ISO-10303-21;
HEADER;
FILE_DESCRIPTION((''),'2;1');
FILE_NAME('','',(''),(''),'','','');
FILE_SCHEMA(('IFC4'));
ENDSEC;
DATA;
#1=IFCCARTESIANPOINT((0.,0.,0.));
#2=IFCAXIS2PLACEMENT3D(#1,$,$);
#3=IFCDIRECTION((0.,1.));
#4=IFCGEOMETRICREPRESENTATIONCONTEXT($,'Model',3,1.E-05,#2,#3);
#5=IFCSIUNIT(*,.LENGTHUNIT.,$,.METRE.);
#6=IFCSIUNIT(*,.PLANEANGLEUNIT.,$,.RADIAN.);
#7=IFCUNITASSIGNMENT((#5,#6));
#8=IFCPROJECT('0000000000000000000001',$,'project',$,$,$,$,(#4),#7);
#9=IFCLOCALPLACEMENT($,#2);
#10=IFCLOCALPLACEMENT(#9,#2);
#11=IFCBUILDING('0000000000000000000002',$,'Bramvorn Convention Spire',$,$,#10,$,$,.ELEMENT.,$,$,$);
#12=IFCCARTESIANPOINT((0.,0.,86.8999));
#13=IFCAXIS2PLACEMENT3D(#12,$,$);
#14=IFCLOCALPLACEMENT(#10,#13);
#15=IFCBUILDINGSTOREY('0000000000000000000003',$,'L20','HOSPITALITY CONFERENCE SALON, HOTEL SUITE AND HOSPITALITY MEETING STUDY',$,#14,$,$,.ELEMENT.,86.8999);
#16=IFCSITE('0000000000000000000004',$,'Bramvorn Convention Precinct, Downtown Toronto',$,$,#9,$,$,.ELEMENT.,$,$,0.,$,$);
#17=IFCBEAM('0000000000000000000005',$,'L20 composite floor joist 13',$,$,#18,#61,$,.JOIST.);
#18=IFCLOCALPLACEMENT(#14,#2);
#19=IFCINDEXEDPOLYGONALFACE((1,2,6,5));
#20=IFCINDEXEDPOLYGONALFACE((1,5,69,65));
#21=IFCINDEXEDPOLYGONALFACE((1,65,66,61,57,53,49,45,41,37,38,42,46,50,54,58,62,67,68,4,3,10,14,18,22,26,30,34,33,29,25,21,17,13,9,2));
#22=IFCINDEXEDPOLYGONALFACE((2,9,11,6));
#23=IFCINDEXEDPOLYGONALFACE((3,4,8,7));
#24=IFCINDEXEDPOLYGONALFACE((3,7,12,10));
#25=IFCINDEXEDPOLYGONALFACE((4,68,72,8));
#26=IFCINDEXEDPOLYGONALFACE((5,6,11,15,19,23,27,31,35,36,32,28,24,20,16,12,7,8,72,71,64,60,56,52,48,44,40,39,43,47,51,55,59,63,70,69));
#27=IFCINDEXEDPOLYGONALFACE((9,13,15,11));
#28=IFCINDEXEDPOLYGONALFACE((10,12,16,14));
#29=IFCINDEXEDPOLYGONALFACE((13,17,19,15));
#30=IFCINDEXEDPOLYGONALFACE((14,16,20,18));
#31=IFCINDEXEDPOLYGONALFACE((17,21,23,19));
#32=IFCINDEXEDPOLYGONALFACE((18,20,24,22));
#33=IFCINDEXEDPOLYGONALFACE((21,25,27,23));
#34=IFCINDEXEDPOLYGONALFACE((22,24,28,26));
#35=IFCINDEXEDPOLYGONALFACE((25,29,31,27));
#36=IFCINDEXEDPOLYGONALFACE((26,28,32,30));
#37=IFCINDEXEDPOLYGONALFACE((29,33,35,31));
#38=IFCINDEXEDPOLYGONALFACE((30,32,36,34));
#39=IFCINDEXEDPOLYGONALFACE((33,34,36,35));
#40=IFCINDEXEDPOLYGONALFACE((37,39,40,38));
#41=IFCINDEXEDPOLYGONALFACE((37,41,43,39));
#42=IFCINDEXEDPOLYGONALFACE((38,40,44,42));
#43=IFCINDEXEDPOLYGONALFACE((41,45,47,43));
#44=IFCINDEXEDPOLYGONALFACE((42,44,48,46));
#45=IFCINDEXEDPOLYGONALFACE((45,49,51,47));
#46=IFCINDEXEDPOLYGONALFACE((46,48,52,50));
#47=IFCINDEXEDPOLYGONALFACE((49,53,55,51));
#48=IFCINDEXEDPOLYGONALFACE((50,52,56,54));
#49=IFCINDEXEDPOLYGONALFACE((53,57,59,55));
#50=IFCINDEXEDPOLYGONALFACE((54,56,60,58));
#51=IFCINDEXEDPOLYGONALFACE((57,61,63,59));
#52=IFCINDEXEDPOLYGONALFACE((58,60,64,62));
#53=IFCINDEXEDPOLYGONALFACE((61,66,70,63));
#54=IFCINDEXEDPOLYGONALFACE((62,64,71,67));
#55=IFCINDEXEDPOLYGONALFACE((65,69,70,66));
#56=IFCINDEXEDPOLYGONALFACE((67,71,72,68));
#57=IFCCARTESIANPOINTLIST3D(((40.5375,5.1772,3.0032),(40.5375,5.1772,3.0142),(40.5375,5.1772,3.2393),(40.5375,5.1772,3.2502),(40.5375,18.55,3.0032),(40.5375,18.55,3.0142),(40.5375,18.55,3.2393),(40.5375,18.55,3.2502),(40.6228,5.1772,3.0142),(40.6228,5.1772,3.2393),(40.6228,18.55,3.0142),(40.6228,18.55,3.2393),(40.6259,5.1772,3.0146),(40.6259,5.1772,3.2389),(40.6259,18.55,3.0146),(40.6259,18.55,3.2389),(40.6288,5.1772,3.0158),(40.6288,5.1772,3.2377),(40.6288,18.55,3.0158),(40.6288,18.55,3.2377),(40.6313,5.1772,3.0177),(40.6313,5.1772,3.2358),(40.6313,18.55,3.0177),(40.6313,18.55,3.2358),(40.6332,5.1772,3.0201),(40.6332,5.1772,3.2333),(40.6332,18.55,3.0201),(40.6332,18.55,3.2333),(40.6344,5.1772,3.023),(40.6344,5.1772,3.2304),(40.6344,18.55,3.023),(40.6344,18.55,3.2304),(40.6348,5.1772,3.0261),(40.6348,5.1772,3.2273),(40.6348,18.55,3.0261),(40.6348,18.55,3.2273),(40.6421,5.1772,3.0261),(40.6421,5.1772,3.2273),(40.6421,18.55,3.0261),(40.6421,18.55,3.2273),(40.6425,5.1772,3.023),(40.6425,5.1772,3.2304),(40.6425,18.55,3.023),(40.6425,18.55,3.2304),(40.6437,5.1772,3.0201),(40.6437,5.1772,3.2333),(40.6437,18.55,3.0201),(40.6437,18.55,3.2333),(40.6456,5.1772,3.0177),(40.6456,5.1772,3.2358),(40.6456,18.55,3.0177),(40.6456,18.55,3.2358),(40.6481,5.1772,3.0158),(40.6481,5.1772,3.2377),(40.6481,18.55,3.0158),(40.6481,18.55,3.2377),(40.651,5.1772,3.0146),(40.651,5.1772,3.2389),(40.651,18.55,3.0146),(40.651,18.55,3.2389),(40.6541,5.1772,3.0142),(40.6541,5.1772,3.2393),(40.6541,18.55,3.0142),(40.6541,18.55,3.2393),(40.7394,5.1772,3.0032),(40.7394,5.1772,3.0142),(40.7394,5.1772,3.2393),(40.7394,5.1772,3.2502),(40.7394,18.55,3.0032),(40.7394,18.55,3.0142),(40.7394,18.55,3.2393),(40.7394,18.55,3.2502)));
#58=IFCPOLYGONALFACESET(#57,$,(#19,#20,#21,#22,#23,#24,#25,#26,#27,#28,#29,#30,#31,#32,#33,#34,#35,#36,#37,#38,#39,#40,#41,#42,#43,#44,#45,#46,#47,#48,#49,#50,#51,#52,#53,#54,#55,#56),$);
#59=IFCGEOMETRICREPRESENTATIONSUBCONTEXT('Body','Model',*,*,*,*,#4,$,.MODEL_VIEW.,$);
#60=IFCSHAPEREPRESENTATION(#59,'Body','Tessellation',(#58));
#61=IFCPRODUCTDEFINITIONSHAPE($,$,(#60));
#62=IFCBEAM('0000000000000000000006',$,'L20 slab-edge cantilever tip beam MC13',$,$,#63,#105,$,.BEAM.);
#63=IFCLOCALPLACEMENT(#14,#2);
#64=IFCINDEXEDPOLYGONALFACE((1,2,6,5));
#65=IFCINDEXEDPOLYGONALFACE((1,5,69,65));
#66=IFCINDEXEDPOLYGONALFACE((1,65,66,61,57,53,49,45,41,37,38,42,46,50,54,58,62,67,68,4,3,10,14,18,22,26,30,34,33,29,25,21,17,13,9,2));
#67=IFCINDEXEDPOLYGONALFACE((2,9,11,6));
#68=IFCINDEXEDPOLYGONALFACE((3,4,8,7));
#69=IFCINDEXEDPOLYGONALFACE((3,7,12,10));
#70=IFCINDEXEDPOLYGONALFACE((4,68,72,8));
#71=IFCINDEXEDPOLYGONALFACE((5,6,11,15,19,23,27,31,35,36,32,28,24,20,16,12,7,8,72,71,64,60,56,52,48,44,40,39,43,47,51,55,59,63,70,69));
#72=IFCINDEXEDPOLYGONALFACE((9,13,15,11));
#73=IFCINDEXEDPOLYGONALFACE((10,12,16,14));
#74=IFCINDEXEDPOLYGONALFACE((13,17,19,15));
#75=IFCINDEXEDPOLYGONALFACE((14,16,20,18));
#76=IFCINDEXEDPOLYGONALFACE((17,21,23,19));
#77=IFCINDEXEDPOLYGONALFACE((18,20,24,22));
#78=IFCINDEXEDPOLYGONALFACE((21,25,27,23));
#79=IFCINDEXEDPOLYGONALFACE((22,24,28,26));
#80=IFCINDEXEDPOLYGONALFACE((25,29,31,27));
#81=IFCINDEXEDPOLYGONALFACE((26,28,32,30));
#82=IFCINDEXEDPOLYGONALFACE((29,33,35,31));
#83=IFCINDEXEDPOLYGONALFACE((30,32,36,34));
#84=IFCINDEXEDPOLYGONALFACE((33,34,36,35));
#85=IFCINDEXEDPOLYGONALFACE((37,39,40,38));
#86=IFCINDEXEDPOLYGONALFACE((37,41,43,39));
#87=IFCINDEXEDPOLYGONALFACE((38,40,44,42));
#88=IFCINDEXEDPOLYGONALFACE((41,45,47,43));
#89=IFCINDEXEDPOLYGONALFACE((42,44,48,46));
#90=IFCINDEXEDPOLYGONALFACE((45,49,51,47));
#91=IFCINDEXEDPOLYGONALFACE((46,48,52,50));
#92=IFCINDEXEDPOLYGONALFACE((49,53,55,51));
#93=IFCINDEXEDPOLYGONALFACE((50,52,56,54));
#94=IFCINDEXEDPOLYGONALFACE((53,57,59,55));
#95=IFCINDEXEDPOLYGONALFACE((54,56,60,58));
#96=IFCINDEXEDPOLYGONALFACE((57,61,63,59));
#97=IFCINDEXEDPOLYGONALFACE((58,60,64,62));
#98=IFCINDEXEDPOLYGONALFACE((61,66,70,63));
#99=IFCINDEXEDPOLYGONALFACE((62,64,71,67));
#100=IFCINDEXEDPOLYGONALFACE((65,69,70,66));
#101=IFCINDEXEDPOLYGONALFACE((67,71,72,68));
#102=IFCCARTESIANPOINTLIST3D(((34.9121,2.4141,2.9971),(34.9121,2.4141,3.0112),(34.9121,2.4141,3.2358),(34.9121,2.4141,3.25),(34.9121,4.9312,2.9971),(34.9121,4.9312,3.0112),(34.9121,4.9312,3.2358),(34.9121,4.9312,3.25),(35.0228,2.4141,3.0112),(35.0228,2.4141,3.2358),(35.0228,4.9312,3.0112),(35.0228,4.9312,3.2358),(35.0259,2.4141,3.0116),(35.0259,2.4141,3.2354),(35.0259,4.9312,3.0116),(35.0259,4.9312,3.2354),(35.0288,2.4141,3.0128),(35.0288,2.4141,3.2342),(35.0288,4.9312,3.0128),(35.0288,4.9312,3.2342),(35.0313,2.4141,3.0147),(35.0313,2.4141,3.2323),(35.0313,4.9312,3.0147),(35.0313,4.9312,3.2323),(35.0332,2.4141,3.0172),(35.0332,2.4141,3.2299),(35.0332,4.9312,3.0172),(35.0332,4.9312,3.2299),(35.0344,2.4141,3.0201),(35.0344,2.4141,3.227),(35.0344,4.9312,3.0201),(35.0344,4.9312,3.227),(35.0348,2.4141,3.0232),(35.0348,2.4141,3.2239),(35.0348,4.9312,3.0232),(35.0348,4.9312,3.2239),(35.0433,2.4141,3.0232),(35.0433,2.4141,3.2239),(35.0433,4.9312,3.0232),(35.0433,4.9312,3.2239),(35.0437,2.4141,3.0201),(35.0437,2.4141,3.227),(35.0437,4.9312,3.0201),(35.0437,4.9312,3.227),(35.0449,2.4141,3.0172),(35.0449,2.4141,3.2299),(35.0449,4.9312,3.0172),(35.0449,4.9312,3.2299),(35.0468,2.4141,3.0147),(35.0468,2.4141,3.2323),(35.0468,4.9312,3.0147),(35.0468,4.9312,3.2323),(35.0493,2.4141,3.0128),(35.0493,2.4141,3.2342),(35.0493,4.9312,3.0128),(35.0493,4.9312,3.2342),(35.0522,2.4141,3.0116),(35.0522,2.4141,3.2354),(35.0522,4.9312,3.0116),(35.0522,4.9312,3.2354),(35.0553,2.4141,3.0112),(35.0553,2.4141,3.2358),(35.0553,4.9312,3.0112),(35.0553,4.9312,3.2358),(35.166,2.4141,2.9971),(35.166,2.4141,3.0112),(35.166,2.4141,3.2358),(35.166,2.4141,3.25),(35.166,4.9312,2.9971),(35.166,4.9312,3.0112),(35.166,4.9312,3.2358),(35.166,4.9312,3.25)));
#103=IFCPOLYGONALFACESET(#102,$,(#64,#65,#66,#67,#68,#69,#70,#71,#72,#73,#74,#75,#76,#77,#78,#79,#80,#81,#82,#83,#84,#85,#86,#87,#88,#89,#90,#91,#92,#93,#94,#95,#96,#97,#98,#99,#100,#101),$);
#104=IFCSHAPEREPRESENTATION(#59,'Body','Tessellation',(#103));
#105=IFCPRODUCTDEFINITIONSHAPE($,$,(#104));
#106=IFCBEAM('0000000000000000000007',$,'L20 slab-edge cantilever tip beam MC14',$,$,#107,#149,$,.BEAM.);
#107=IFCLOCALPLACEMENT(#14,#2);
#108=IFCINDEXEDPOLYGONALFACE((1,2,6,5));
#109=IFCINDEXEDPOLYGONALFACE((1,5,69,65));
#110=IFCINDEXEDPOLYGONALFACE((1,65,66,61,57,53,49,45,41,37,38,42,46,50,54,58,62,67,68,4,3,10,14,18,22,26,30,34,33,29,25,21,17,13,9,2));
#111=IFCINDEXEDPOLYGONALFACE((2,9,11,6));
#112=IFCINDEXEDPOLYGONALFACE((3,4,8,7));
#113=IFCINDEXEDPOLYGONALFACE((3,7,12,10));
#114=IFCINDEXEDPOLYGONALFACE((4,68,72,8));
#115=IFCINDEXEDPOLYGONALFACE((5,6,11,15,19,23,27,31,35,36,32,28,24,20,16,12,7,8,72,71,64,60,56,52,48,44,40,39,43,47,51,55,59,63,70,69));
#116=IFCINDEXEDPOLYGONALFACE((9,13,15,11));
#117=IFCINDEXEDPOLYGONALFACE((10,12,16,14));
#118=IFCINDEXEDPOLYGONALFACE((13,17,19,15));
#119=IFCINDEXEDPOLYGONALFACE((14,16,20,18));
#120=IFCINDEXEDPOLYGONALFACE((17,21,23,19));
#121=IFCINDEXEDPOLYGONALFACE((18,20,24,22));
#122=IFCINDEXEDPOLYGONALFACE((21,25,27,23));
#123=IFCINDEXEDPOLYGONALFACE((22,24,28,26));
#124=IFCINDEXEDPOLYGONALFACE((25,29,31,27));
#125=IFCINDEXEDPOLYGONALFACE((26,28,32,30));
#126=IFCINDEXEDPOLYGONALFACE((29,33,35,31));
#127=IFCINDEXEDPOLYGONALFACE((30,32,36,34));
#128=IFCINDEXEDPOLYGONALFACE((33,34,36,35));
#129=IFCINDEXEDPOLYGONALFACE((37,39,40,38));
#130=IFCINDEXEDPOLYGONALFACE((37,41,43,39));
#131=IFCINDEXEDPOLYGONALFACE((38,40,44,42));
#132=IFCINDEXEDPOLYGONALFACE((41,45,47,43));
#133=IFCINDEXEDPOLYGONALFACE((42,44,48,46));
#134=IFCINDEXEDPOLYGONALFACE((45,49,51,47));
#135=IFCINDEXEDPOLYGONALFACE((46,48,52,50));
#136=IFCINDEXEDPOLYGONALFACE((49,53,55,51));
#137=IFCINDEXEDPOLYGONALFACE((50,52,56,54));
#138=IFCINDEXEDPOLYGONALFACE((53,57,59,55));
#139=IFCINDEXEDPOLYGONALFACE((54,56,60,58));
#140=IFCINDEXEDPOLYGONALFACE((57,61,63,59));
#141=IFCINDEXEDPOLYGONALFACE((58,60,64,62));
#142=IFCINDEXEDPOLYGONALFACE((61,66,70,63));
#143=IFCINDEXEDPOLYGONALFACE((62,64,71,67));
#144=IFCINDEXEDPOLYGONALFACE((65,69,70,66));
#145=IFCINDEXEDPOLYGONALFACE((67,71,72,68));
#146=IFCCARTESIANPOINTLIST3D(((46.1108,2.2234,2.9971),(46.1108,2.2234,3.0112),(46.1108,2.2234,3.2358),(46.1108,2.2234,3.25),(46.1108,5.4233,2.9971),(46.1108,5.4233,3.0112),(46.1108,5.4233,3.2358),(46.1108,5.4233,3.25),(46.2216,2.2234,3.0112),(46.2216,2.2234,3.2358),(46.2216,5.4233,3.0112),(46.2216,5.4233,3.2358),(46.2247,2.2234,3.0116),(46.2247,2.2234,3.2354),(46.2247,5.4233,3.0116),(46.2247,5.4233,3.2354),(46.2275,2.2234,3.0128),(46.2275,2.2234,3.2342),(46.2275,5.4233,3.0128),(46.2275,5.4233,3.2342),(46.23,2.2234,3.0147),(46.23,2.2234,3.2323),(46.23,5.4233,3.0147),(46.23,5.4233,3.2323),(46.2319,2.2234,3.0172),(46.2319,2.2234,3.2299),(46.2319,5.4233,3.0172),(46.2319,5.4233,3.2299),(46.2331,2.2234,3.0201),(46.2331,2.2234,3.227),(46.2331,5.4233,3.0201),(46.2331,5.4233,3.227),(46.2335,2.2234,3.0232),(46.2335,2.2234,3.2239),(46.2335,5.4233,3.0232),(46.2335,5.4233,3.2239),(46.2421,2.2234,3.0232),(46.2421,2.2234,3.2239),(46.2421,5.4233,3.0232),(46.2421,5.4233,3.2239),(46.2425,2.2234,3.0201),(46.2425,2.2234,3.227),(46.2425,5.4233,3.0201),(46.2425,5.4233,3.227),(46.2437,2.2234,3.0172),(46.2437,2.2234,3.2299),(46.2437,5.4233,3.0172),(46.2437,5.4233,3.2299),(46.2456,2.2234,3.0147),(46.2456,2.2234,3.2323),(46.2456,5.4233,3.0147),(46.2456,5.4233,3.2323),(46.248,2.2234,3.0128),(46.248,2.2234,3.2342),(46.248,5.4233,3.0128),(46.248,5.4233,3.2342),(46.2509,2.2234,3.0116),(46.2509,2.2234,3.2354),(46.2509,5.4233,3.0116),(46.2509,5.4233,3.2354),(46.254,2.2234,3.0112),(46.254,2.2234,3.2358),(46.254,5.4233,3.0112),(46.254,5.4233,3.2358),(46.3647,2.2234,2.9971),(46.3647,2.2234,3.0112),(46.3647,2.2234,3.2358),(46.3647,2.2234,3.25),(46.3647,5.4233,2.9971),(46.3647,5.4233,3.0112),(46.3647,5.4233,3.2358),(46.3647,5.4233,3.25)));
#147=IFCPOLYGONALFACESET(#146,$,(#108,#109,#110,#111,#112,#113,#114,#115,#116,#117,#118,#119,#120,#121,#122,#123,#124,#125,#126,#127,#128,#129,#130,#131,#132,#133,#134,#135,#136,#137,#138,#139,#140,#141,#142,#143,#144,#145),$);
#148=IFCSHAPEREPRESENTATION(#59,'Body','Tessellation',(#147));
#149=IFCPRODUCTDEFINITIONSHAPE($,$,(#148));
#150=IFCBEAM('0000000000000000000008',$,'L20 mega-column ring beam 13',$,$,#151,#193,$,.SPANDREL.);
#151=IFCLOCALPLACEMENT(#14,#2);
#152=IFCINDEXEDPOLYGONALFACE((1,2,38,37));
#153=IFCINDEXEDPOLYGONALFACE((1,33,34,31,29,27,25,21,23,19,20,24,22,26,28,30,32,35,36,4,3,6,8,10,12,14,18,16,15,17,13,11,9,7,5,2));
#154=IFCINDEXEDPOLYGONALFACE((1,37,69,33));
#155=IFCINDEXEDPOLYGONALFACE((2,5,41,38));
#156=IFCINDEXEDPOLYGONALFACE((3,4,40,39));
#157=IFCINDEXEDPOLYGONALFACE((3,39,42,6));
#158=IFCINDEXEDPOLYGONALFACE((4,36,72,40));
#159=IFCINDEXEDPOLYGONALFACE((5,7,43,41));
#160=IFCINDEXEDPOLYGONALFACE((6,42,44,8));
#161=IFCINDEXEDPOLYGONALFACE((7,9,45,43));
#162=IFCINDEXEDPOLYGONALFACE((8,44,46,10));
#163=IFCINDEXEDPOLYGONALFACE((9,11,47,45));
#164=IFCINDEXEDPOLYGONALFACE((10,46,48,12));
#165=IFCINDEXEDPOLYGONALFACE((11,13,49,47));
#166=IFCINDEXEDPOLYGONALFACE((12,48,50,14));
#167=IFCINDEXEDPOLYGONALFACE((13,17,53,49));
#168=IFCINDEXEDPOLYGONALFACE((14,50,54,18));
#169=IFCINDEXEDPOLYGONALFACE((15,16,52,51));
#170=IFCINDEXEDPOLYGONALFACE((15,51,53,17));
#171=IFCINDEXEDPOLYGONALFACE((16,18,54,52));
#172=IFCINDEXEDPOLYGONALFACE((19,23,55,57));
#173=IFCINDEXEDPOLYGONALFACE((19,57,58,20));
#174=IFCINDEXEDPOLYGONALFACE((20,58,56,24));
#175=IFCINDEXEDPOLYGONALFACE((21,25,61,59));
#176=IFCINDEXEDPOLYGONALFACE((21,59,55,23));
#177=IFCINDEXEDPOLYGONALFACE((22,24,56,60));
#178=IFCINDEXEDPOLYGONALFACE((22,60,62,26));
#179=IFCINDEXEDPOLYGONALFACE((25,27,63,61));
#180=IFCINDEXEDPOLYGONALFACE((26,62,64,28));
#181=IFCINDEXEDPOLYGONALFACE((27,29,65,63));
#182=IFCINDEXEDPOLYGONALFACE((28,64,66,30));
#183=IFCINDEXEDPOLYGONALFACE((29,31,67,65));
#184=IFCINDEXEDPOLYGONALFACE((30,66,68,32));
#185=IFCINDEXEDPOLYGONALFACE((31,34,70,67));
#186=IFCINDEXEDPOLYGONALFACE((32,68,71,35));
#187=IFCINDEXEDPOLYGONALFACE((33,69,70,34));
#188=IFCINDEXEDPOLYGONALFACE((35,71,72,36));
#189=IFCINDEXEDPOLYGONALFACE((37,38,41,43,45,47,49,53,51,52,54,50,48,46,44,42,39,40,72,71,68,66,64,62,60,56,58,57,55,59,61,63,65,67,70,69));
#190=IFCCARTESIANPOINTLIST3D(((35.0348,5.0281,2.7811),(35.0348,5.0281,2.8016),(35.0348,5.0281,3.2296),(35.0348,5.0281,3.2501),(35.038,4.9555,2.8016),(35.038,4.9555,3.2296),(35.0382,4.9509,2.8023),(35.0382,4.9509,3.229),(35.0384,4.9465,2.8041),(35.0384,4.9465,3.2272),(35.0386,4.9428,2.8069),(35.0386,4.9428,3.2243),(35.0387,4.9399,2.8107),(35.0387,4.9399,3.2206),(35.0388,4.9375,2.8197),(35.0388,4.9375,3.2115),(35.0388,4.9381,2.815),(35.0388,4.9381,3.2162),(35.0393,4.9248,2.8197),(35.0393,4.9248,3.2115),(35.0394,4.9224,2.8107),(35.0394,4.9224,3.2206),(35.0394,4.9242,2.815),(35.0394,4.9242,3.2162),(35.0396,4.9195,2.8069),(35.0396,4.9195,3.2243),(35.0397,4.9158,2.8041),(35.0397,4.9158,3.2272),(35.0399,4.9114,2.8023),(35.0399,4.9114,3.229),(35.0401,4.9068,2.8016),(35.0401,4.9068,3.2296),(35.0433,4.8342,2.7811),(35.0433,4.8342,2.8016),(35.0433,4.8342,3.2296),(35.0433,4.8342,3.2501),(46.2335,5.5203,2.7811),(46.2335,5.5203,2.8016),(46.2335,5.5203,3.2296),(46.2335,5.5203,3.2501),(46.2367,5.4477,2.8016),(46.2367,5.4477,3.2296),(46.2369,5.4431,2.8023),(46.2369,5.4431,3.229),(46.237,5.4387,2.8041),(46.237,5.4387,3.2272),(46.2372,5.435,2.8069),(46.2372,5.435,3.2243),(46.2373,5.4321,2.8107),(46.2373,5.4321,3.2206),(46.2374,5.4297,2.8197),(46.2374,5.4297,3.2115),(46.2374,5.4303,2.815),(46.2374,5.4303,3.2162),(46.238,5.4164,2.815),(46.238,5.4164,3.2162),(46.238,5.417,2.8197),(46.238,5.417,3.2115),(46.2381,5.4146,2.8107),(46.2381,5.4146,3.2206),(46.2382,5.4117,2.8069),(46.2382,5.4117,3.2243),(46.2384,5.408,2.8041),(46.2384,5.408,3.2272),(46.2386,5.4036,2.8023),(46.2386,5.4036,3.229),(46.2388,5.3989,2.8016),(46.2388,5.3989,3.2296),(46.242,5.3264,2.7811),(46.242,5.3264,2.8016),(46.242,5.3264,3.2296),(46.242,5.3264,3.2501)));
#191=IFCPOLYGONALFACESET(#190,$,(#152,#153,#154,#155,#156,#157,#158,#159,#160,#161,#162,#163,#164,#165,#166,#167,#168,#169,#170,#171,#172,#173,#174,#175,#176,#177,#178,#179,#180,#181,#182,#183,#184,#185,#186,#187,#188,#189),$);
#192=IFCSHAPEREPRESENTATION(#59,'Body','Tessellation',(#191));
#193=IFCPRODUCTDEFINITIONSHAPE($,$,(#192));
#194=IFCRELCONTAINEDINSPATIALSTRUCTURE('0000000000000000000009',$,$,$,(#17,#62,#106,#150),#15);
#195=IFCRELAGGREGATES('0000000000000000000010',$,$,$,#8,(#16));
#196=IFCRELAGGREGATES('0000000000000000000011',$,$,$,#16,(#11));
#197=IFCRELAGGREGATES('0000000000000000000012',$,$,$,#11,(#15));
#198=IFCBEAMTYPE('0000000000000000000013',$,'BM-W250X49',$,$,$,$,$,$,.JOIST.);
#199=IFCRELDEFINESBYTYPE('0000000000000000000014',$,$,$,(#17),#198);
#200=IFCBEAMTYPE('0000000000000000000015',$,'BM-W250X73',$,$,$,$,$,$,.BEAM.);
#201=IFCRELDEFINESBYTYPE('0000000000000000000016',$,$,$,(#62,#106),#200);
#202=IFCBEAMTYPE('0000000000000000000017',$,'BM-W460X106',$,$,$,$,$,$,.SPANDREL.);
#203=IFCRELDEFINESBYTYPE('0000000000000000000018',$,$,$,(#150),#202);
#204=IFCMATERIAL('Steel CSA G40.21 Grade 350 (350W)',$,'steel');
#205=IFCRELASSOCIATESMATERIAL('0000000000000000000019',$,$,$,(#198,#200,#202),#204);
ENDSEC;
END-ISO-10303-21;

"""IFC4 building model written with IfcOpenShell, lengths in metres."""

from ifc_helpers import new_model, si_unit, direction, frame, origin, origin_2d, place, context, subcontext, project, spatial, i_section, extrude, material, material_profile, profile_set, type_object, element, save


model = new_model("IFC4")

# Units and contexts
model_context = context("Model", 3, precision=1e-05, world=origin(), true_north=direction((0.0, 1.0)))
body_context = subcontext(model_context, "Body", "Model", "MODEL_VIEW")
ifc_project = project(units=[si_unit("LENGTHUNIT", "METRE"), si_unit("PLANEANGLEUNIT", "RADIAN")], contexts=[model_context])

# Site, building, storey
site_placement = place(None, origin())
site = spatial("IfcSite", under=ifc_project, at=site_placement, Name="Bramvorn Convention Precinct, Downtown Toronto", CompositionType="ELEMENT", RefElevation=0.0)
building_placement = place(site_placement, origin())
building = spatial("IfcBuilding", under=site, at=building_placement, Name="Bramvorn Convention Spire", CompositionType="ELEMENT")
storey_placement = place(building_placement, frame((0.0, 0.0, 86.8999)))
storey = spatial("IfcBuildingStorey", under=building, at=storey_placement, Name="L20", Description="HOSPITALITY CONFERENCE SALON, HOTEL SUITE AND HOSPITALITY MEETING STUDY", CompositionType="ELEMENT", Elevation=86.8999)

# Shared definitions
ifc_material_1 = material(Name="Steel CSA G40.21 Grade 350 (350W)", Category="steel")

# Beams
ifc_material_profile_1 = material_profile(ifc_material_1, i_section(OverallWidth=0.2019, OverallDepth=0.2471, WebThickness=0.0073, FlangeThickness=0.011, FilletRadius=0.012, at=origin_2d()))
ifc_profile_set_1 = profile_set([ifc_material_profile_1], Name="Steel CSA G40.21 Grade 350 (350W) - W250X49")
beam_type_1 = type_object("IfcBeamType", Name="BM-W250X49", PredefinedType="JOIST", material=ifc_profile_set_1)
beam_1_placement = place(storey_placement, frame((40.6384, 18.55, 3.1267), z_axis=(0.0, -1.0, 0.0), x_axis=(1.0, 0.0, 0.0)))
element("IfcBeam", 1, at=beam_1_placement, inside=storey, type_object=beam_type_1, Name="L20 composite floor joist 13", PredefinedType="JOIST", context=body_context, shape_type="SweptSolid", body=[
    extrude(i_section(OverallWidth=0.2019, OverallDepth=0.2471, WebThickness=0.0073, FlangeThickness=0.011, FilletRadius=0.012, at=origin_2d()), origin(), (0.0, 0.0, 1.0), 13.3728),
])
ifc_material_profile_2 = material_profile(ifc_material_1, i_section(OverallWidth=0.2539, OverallDepth=0.2529, WebThickness=0.0085, FlangeThickness=0.0142, FilletRadius=0.012, at=origin_2d()))
ifc_profile_set_2 = profile_set([ifc_material_profile_2], Name="Steel CSA G40.21 Grade 350 (350W) - W250X73")
beam_type_2 = type_object("IfcBeamType", Name="BM-W250X73", PredefinedType="BEAM", material=ifc_profile_set_2)
beam_2_placement = place(storey_placement, frame((35.0391, 4.9312, 3.1235), z_axis=(0.0, -1.0, 0.0), x_axis=(1.0, 0.0, 0.0)))
element("IfcBeam", 2, at=beam_2_placement, inside=storey, type_object=beam_type_2, Name="L20 slab-edge cantilever tip beam MC13", PredefinedType="BEAM", context=body_context, shape_type="SweptSolid", body=[
    extrude(i_section(OverallWidth=0.2539, OverallDepth=0.2529, WebThickness=0.0085, FlangeThickness=0.0142, FilletRadius=0.012, at=origin_2d()), origin(), (0.0, 0.0, 1.0), 2.5171),
])
beam_3_placement = place(storey_placement, frame((46.2378, 5.4233, 3.1235), z_axis=(0.0, -1.0, 0.0), x_axis=(1.0, 0.0, 0.0)))
element("IfcBeam", 3, at=beam_3_placement, inside=storey, type_object=beam_type_2, Name="L20 slab-edge cantilever tip beam MC14", PredefinedType="BEAM", context=body_context, shape_type="SweptSolid", body=[
    extrude(i_section(OverallWidth=0.2539, OverallDepth=0.2529, WebThickness=0.0085, FlangeThickness=0.0142, FilletRadius=0.012, at=origin_2d()), origin(), (0.0, 0.0, 1.0), 3.2),
])
ifc_material_profile_3 = material_profile(ifc_material_1, i_section(OverallWidth=0.1941, OverallDepth=0.469, WebThickness=0.0127, FlangeThickness=0.0205, FilletRadius=0.0181, at=origin_2d()))
ifc_profile_set_3 = profile_set([ifc_material_profile_3], Name="Steel CSA G40.21 Grade 350 (350W) - W460X106")
beam_type_3 = type_object("IfcBeamType", Name="BM-W460X106", PredefinedType="SPANDREL", material=ifc_profile_set_3)
beam_4_placement = place(storey_placement, frame((35.0391, 4.9312, 3.0156), z_axis=(0.999036, 0.043908, 0.0), x_axis=(-0.043908, 0.999036, 0.0)))
element("IfcBeam", 4, at=beam_4_placement, inside=storey, type_object=beam_type_3, Name="L20 mega-column ring beam 13", PredefinedType="SPANDREL", context=body_context, shape_type="SweptSolid", body=[
    extrude(i_section(OverallWidth=0.1941, OverallDepth=0.469, WebThickness=0.0127, FlangeThickness=0.0205, FilletRadius=0.0181, at=origin_2d()), origin(), (0.0, 0.0, 1.0), 11.2095),
])

save(model, "model.ifc")
